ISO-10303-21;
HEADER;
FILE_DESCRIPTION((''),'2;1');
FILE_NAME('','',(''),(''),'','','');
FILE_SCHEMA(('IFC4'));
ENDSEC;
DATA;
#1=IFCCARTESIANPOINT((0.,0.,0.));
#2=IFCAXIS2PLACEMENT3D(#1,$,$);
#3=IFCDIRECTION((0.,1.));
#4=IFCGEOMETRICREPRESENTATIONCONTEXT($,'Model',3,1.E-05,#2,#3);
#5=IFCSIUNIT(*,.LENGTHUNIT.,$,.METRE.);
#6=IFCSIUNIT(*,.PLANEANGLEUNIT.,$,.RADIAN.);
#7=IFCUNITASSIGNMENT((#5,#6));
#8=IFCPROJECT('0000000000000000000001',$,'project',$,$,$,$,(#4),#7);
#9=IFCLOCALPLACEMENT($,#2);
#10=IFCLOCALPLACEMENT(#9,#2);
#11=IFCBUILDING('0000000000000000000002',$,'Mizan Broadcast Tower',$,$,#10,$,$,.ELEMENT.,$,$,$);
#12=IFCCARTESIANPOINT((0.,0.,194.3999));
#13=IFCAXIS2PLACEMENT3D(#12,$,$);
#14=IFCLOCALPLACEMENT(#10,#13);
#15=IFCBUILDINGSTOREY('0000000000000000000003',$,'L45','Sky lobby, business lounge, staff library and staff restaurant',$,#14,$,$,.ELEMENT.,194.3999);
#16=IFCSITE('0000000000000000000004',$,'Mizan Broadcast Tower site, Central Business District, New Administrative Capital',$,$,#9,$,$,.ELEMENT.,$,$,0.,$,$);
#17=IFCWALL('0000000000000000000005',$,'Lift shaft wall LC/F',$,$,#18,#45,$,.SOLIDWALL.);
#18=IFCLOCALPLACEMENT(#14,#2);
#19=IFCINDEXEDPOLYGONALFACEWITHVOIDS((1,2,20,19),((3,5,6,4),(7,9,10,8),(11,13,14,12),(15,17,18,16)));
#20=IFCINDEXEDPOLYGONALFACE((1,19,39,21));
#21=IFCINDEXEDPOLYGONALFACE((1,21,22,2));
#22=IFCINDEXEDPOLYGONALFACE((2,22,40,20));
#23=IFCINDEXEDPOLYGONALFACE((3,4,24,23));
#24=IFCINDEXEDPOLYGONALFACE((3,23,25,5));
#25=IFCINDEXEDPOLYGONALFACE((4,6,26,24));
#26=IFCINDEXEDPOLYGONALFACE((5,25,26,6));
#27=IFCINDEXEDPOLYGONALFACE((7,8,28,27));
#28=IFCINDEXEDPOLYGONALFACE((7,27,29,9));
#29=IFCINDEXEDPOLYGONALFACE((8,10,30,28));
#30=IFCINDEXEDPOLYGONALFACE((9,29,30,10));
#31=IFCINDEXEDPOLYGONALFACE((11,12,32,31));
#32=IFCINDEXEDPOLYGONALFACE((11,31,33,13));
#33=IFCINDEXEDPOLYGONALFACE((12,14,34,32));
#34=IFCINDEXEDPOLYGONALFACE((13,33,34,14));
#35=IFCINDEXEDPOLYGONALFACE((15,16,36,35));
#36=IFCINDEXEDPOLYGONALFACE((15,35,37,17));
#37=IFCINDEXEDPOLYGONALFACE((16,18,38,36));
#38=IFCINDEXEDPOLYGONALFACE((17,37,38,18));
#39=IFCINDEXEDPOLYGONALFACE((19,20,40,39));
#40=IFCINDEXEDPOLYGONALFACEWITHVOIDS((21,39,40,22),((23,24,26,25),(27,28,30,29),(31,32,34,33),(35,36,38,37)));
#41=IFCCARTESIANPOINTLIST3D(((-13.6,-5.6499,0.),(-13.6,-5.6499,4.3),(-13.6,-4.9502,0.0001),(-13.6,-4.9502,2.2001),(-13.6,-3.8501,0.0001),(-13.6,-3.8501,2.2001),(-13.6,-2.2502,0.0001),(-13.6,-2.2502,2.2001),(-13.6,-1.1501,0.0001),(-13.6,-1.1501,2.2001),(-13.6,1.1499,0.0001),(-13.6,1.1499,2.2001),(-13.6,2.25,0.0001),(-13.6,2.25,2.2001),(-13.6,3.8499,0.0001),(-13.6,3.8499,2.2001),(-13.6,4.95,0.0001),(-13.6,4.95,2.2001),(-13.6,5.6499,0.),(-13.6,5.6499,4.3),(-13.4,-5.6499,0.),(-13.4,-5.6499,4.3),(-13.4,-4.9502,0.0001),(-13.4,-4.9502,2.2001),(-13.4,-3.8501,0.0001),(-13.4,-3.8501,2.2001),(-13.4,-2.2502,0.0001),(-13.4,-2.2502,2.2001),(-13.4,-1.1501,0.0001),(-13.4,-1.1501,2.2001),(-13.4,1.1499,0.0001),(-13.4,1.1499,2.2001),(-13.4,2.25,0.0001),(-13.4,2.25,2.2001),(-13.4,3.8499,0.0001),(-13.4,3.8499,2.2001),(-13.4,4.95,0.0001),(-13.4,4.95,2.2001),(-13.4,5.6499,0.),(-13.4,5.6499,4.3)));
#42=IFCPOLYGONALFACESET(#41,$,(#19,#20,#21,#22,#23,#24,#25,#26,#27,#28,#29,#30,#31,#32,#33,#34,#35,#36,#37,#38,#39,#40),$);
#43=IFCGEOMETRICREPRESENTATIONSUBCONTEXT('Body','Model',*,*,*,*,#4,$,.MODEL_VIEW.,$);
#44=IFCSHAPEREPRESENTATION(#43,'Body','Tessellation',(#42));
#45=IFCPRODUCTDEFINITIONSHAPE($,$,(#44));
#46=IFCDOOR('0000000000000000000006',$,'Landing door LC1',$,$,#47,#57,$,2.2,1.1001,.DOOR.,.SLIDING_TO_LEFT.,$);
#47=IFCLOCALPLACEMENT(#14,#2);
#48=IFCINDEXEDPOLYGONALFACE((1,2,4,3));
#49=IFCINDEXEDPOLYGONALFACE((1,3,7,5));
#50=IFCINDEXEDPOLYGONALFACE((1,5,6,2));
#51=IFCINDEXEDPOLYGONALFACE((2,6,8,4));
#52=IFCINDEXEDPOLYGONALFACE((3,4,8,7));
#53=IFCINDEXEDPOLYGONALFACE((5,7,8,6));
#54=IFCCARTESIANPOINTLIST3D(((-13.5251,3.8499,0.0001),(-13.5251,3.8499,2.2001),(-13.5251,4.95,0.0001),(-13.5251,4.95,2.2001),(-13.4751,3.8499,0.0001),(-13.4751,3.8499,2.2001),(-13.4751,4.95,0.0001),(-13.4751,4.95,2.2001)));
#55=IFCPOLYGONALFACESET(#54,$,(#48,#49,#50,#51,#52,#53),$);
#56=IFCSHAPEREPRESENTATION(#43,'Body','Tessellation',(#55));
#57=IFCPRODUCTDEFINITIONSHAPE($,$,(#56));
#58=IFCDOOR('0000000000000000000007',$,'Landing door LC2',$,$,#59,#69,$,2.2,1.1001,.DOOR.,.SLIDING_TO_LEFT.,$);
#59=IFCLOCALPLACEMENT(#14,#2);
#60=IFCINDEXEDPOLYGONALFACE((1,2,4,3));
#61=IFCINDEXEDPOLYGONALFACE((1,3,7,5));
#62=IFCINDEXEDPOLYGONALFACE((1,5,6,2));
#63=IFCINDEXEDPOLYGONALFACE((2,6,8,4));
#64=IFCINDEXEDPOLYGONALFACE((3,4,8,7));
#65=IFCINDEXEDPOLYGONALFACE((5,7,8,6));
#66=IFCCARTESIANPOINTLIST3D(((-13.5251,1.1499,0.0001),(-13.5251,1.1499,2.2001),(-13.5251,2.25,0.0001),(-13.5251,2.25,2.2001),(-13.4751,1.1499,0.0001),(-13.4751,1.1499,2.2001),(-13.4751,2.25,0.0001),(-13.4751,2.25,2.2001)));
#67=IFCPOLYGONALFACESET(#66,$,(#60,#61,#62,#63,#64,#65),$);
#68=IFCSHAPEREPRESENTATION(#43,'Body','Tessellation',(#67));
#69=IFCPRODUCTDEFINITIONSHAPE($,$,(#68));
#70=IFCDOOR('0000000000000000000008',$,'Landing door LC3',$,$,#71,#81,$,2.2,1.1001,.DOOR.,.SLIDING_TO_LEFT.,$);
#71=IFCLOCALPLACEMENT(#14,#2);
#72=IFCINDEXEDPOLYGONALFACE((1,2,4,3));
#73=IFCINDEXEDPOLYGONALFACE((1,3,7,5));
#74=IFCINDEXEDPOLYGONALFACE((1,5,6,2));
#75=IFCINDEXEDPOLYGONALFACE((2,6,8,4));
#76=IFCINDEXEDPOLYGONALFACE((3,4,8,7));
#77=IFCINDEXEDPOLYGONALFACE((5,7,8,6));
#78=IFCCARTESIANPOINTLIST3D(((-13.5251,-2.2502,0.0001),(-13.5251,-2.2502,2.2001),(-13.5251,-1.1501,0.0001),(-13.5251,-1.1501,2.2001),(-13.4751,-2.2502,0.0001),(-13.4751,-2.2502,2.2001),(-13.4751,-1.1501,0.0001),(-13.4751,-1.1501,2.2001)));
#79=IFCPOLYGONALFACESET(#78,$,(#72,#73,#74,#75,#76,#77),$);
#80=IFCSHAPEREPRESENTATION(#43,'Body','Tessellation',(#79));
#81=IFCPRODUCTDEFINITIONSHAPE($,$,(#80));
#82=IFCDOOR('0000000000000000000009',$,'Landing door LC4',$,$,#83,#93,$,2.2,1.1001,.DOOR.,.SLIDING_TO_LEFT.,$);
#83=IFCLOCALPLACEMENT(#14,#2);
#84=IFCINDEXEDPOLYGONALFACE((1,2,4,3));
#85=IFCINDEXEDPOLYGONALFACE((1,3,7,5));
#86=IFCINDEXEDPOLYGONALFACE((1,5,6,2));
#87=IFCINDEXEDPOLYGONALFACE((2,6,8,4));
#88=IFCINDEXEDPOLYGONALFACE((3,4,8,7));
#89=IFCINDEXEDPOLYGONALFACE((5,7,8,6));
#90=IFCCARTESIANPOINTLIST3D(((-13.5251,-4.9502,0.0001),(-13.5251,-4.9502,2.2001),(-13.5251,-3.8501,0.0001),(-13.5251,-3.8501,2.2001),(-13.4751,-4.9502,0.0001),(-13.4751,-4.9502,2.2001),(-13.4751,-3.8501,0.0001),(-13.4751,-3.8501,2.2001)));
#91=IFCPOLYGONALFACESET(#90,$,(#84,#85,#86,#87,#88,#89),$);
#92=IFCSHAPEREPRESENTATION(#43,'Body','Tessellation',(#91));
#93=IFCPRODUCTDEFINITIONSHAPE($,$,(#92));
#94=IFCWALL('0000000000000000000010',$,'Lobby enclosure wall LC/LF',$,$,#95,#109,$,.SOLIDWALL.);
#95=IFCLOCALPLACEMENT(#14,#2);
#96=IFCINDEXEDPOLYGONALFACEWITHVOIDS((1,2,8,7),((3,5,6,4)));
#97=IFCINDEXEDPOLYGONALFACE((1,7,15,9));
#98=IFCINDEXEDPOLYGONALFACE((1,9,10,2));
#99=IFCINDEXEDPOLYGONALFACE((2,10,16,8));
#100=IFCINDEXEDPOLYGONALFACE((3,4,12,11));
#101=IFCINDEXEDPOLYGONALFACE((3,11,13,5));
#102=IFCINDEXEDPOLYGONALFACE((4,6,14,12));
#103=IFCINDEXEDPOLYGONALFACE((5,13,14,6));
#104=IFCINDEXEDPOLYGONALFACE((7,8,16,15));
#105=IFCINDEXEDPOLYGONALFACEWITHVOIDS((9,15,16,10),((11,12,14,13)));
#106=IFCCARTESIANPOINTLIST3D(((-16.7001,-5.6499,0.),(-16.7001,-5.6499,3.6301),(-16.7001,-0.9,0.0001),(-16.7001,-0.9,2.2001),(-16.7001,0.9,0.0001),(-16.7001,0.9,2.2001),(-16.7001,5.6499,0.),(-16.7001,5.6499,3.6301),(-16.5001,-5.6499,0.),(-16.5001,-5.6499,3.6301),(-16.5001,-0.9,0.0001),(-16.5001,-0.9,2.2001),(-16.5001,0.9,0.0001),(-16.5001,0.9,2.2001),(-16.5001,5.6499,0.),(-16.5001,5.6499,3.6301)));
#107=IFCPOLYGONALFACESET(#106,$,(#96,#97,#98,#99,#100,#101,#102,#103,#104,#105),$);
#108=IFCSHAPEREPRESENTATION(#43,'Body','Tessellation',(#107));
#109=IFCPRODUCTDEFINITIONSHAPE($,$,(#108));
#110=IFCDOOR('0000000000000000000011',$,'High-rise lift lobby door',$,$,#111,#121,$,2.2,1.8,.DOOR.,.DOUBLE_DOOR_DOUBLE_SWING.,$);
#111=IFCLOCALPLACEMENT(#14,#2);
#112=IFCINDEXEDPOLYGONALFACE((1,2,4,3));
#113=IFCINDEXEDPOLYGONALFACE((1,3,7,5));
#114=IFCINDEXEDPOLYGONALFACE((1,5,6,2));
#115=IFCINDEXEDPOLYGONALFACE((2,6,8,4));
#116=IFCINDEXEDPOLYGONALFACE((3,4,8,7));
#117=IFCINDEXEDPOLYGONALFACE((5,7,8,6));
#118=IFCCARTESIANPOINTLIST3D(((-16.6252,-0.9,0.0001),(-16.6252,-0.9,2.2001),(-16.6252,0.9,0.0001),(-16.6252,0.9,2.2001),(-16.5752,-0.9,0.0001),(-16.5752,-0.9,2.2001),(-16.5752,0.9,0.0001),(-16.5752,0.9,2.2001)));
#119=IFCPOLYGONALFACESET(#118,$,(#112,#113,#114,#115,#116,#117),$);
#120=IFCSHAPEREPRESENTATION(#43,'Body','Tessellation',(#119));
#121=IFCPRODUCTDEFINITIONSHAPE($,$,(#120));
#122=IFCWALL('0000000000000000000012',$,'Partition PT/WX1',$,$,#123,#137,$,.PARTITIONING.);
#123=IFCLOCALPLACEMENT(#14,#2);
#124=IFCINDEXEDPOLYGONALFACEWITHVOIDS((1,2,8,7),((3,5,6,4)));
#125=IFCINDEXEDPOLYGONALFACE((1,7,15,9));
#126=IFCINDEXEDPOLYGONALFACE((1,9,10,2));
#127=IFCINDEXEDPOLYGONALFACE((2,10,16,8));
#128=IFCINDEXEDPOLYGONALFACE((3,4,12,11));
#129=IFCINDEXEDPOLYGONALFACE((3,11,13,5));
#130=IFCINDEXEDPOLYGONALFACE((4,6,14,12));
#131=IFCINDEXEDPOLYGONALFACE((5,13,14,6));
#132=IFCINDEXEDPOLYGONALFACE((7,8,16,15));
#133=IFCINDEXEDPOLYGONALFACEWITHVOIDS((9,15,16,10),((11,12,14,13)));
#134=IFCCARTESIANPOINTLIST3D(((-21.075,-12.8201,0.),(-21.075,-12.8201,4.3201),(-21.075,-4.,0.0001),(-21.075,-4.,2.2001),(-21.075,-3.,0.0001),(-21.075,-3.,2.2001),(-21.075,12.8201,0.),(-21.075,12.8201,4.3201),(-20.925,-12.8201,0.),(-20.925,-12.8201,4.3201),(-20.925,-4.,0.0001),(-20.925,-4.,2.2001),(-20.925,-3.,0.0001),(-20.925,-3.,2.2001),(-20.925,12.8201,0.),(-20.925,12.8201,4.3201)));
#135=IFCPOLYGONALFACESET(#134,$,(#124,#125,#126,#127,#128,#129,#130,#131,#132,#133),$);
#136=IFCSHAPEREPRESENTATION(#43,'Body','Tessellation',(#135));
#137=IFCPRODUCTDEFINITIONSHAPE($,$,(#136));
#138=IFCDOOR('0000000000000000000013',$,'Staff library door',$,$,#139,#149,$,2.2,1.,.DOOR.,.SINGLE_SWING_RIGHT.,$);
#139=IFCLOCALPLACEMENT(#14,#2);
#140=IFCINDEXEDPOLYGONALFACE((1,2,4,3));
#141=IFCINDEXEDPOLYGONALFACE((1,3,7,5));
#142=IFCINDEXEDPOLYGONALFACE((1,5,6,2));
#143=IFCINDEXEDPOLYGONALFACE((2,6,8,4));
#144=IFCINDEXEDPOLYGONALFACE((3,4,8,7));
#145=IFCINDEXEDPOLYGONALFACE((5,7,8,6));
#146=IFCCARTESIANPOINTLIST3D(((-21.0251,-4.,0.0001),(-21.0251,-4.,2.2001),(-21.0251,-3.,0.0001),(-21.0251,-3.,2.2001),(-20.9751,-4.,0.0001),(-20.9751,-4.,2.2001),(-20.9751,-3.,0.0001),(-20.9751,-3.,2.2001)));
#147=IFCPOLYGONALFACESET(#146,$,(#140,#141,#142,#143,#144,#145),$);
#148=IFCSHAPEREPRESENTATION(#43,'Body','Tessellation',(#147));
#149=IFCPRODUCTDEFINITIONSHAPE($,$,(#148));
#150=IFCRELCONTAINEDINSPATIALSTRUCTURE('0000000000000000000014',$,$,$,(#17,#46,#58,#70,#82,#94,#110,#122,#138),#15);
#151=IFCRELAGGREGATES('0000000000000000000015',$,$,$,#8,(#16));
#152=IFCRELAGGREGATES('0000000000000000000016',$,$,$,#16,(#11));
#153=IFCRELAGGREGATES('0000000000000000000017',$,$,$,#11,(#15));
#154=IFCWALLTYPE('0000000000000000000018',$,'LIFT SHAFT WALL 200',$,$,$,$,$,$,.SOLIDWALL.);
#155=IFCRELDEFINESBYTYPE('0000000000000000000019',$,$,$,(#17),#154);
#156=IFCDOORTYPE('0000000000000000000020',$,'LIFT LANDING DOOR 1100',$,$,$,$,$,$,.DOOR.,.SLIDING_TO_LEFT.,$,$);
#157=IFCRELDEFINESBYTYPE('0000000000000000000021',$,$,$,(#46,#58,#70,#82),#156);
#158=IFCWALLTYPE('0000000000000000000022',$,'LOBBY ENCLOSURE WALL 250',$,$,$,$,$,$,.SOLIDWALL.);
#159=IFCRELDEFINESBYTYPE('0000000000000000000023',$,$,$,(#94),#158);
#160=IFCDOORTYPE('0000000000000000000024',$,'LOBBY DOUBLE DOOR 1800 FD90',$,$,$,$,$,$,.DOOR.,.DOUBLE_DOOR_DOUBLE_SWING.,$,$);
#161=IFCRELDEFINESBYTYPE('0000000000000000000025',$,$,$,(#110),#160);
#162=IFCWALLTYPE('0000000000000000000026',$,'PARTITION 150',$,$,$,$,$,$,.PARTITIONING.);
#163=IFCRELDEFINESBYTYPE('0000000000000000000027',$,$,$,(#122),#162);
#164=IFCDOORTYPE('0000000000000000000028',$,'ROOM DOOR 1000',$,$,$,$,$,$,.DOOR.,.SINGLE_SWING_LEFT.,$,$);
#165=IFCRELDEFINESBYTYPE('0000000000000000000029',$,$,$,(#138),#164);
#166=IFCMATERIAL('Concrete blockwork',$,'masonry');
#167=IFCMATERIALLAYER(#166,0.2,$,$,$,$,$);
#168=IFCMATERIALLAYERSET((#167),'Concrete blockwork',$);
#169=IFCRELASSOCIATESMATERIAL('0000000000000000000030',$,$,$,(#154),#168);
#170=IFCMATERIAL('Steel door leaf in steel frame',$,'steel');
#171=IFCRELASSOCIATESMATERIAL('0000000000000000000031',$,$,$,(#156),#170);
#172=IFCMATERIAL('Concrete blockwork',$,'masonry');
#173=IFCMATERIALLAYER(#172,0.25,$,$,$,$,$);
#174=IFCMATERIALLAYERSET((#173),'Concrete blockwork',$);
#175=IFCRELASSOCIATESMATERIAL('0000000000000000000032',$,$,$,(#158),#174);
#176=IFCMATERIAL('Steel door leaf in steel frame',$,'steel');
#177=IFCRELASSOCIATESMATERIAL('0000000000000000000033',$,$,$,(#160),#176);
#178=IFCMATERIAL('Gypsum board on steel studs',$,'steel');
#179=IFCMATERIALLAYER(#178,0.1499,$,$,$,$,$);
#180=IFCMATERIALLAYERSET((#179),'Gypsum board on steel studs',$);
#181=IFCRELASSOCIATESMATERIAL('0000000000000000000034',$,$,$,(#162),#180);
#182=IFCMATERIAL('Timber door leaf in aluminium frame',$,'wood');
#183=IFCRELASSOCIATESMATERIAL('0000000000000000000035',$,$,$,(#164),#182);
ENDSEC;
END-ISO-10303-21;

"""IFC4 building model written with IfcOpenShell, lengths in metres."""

from ifc_helpers import new_model, si_unit, direction, frame, frame_2d, origin, place, context, subcontext, project, spatial, rectangle, extrude, material, layer, layer_set, type_object, element, fill, save


model = new_model("IFC4")

# Units and contexts
model_context = context("Model", 3, precision=1e-05, world=origin(), true_north=direction((0.0, 1.0)))
body_context = subcontext(model_context, "Body", "Model", "MODEL_VIEW")
ifc_project = project(units=[si_unit("LENGTHUNIT", "METRE"), si_unit("PLANEANGLEUNIT", "RADIAN")], contexts=[model_context])

# Site, building, storey
site_placement = place(None, origin())
site = spatial("IfcSite", under=ifc_project, at=site_placement, Name="Mizan Broadcast Tower site, Central Business District, New Administrative Capital", CompositionType="ELEMENT", RefElevation=0.0)
building_placement = place(site_placement, origin())
building = spatial("IfcBuilding", under=site, at=building_placement, Name="Mizan Broadcast Tower", CompositionType="ELEMENT")
storey_placement = place(building_placement, frame((0.0, 0.0, 194.3999)))
storey = spatial("IfcBuildingStorey", under=building, at=storey_placement, Name="L45", Description="Sky lobby, business lounge, staff library and staff restaurant", CompositionType="ELEMENT", Elevation=194.3999)

# Wall, openings, doors
ifc_material_1 = material(Name="Concrete blockwork", Category="masonry")
ifc_layer_1 = layer(ifc_material_1, 0.2)
ifc_layer_set_1 = layer_set([ifc_layer_1], Name="Concrete blockwork")
wall_type_1 = type_object("IfcWallType", Name="LIFT SHAFT WALL 200", PredefinedType="SOLIDWALL", material=ifc_layer_set_1)
wall_1_placement = place(storey_placement, frame((-13.5, 5.6499, 0.0), z_axis=(0.0, 0.0, 1.0), x_axis=(0.0, -1.0, 0.0)))
wall_1 = element("IfcWall", 1, at=wall_1_placement, inside=storey, type_object=wall_type_1, Name="Lift shaft wall LC/F", PredefinedType="SOLIDWALL", context=body_context, shape_type="SweptSolid", body=[
    extrude(rectangle(XDim=11.2998, YDim=0.2, at=frame_2d((5.6499, 0.0))), origin(), (0.0, 0.0, 1.0), 4.3),
])
opening_1_placement = place(wall_1_placement, frame((0.7, 0.0, 0.0)))
opening_1 = element("IfcOpeningElement", 2, at=opening_1_placement, cuts=wall_1, PredefinedType="OPENING", context=body_context, shape_type="SweptSolid", body=[
    extrude(rectangle(XDim=1.1001, YDim=2.2, at=frame_2d((0.55, 1.1001))), frame((0.0, 0.1099, 0.0), z_axis=(0.0, -1.0, 0.0), x_axis=(1.0, 0.0, 0.0)), (0.0, 0.0, 1.0), 0.22),
])
opening_2_placement = place(wall_1_placement, frame((3.3999, 0.0, 0.0)))
opening_2 = element("IfcOpeningElement", 3, at=opening_2_placement, cuts=wall_1, PredefinedType="OPENING", context=body_context, shape_type="SweptSolid", body=[
    extrude(rectangle(XDim=1.1001, YDim=2.2, at=frame_2d((0.55, 1.1001))), frame((0.0, 0.1099, 0.0), z_axis=(0.0, -1.0, 0.0), x_axis=(1.0, 0.0, 0.0)), (0.0, 0.0, 1.0), 0.22),
])
opening_3_placement = place(wall_1_placement, frame((6.8, 0.0, 0.0)))
opening_3 = element("IfcOpeningElement", 4, at=opening_3_placement, cuts=wall_1, PredefinedType="OPENING", context=body_context, shape_type="SweptSolid", body=[
    extrude(rectangle(XDim=1.1001, YDim=2.2, at=frame_2d((0.55, 1.1001))), frame((0.0, 0.1099, 0.0), z_axis=(0.0, -1.0, 0.0), x_axis=(1.0, 0.0, 0.0)), (0.0, 0.0, 1.0), 0.22),
])
opening_4_placement = place(wall_1_placement, frame((9.5, 0.0, 0.0)))
opening_4 = element("IfcOpeningElement", 5, at=opening_4_placement, cuts=wall_1, PredefinedType="OPENING", context=body_context, shape_type="SweptSolid", body=[
    extrude(rectangle(XDim=1.1001, YDim=2.2, at=frame_2d((0.55, 1.1001))), frame((0.0, 0.1099, 0.0), z_axis=(0.0, -1.0, 0.0), x_axis=(1.0, 0.0, 0.0)), (0.0, 0.0, 1.0), 0.22),
])
ifc_material_2 = material(Name="Steel door leaf in steel frame", Category="steel")
door_type_1 = type_object("IfcDoorType", Name="LIFT LANDING DOOR 1100", OperationType="SLIDING_TO_LEFT", PredefinedType="DOOR", material=ifc_material_2)
door_1_placement = place(opening_1_placement, origin())
door_1 = element("IfcDoor", 6, at=door_1_placement, inside=storey, type_object=door_type_1, Name="Landing door LC1", OperationType="SLIDING_TO_LEFT", OverallHeight=2.2, OverallWidth=1.1001, PredefinedType="DOOR", context=body_context, shape_type="SweptSolid", body=[
    extrude(rectangle(XDim=1.1001, YDim=2.2, at=frame_2d((0.55, 1.1001))), frame((0.0, 0.0249, 0.0), z_axis=(0.0, -1.0, 0.0), x_axis=(1.0, 0.0, 0.0)), (0.0, 0.0, 1.0), 0.05),
])
fill(opening_1, door_1)
door_2_placement = place(opening_2_placement, origin())
door_2 = element("IfcDoor", 7, at=door_2_placement, inside=storey, type_object=door_type_1, Name="Landing door LC2", OperationType="SLIDING_TO_LEFT", OverallHeight=2.2, OverallWidth=1.1001, PredefinedType="DOOR", context=body_context, shape_type="SweptSolid", body=[
    extrude(rectangle(XDim=1.1001, YDim=2.2, at=frame_2d((0.55, 1.1001))), frame((0.0, 0.0249, 0.0), z_axis=(0.0, -1.0, 0.0), x_axis=(1.0, 0.0, 0.0)), (0.0, 0.0, 1.0), 0.05),
])
fill(opening_2, door_2)
door_3_placement = place(opening_3_placement, origin())
door_3 = element("IfcDoor", 8, at=door_3_placement, inside=storey, type_object=door_type_1, Name="Landing door LC3", OperationType="SLIDING_TO_LEFT", OverallHeight=2.2, OverallWidth=1.1001, PredefinedType="DOOR", context=body_context, shape_type="SweptSolid", body=[
    extrude(rectangle(XDim=1.1001, YDim=2.2, at=frame_2d((0.55, 1.1001))), frame((0.0, 0.0249, 0.0), z_axis=(0.0, -1.0, 0.0), x_axis=(1.0, 0.0, 0.0)), (0.0, 0.0, 1.0), 0.05),
])
fill(opening_3, door_3)
door_4_placement = place(opening_4_placement, origin())
door_4 = element("IfcDoor", 9, at=door_4_placement, inside=storey, type_object=door_type_1, Name="Landing door LC4", OperationType="SLIDING_TO_LEFT", OverallHeight=2.2, OverallWidth=1.1001, PredefinedType="DOOR", context=body_context, shape_type="SweptSolid", body=[
    extrude(rectangle(XDim=1.1001, YDim=2.2, at=frame_2d((0.55, 1.1001))), frame((0.0, 0.0249, 0.0), z_axis=(0.0, -1.0, 0.0), x_axis=(1.0, 0.0, 0.0)), (0.0, 0.0, 1.0), 0.05),
])
fill(opening_4, door_4)

# Walls, openings, doors
ifc_material_3 = material(Name="Concrete blockwork", Category="masonry")
ifc_layer_2 = layer(ifc_material_3, 0.25)
ifc_layer_set_2 = layer_set([ifc_layer_2], Name="Concrete blockwork")
wall_type_2 = type_object("IfcWallType", Name="LOBBY ENCLOSURE WALL 250", PredefinedType="SOLIDWALL", material=ifc_layer_set_2)
wall_2_placement = place(storey_placement, frame((-16.6001, 5.6499, 0.0), z_axis=(0.0, 0.0, 1.0), x_axis=(0.0, -1.0, 0.0)))
wall_2 = element("IfcWall", 10, at=wall_2_placement, inside=storey, type_object=wall_type_2, Name="Lobby enclosure wall LC/LF", PredefinedType="SOLIDWALL", context=body_context, shape_type="SweptSolid", body=[
    extrude(rectangle(XDim=11.2998, YDim=0.2, at=frame_2d((5.6499, 0.0))), origin(), (0.0, 0.0, 1.0), 3.6301),
])
opening_5_placement = place(wall_2_placement, frame((4.75, 0.0, 0.0)))
opening_5 = element("IfcOpeningElement", 11, at=opening_5_placement, cuts=wall_2, PredefinedType="OPENING", context=body_context, shape_type="SweptSolid", body=[
    extrude(rectangle(XDim=1.8, YDim=2.2, at=frame_2d((0.8999, 1.1001))), frame((0.0, 0.1099, 0.0), z_axis=(0.0, -1.0, 0.0), x_axis=(1.0, 0.0, 0.0)), (0.0, 0.0, 1.0), 0.22),
])
ifc_material_4 = material(Name="Steel door leaf in steel frame", Category="steel")
door_type_2 = type_object("IfcDoorType", Name="LOBBY DOUBLE DOOR 1800 FD90", OperationType="DOUBLE_DOOR_DOUBLE_SWING", PredefinedType="DOOR", material=ifc_material_4)
door_5_placement = place(opening_5_placement, origin())
door_5 = element("IfcDoor", 12, at=door_5_placement, inside=storey, type_object=door_type_2, Name="High-rise lift lobby door", OperationType="DOUBLE_DOOR_DOUBLE_SWING", OverallHeight=2.2, OverallWidth=1.8, PredefinedType="DOOR", context=body_context, shape_type="SweptSolid", body=[
    extrude(rectangle(XDim=1.8, YDim=2.2, at=frame_2d((0.8999, 1.1001))), frame((0.0, 0.0249, 0.0), z_axis=(0.0, -1.0, 0.0), x_axis=(1.0, 0.0, 0.0)), (0.0, 0.0, 1.0), 0.05),
])
fill(opening_5, door_5)
ifc_material_5 = material(Name="Gypsum board on steel studs", Category="steel")
ifc_layer_3 = layer(ifc_material_5, 0.1499)
ifc_layer_set_3 = layer_set([ifc_layer_3], Name="Gypsum board on steel studs")
wall_type_3 = type_object("IfcWallType", Name="PARTITION 150", PredefinedType="PARTITIONING", material=ifc_layer_set_3)
wall_3_placement = place(storey_placement, frame((-21.0, 12.8201, 0.0), z_axis=(0.0, 0.0, 1.0), x_axis=(0.0, -1.0, 0.0)))
wall_3 = element("IfcWall", 13, at=wall_3_placement, inside=storey, type_object=wall_type_3, Name="Partition PT/WX1", PredefinedType="PARTITIONING", context=body_context, shape_type="SweptSolid", body=[
    extrude(rectangle(XDim=25.6401, YDim=0.1499, at=frame_2d((12.8201, 0.0))), origin(), (0.0, 0.0, 1.0), 4.3201),
])
opening_6_placement = place(wall_3_placement, frame((15.8201, 0.0, 0.0)))
opening_6 = element("IfcOpeningElement", 14, at=opening_6_placement, cuts=wall_3, PredefinedType="OPENING", context=body_context, shape_type="SweptSolid", body=[
    extrude(rectangle(XDim=1.0, YDim=2.2, at=frame_2d((0.5, 1.1001))), frame((0.0, 0.085, 0.0), z_axis=(0.0, -1.0, 0.0), x_axis=(1.0, 0.0, 0.0)), (0.0, 0.0, 1.0), 0.1699),
])
ifc_material_6 = material(Name="Timber door leaf in aluminium frame", Category="wood")
door_type_3 = type_object("IfcDoorType", Name="ROOM DOOR 1000", OperationType="SINGLE_SWING_LEFT", PredefinedType="DOOR", material=ifc_material_6)
door_6_placement = place(opening_6_placement, origin())
door_6 = element("IfcDoor", 15, at=door_6_placement, inside=storey, type_object=door_type_3, Name="Staff library door", OperationType="SINGLE_SWING_RIGHT", OverallHeight=2.2, OverallWidth=1.0, PredefinedType="DOOR", context=body_context, shape_type="SweptSolid", body=[
    extrude(rectangle(XDim=1.0, YDim=2.2, at=frame_2d((0.5, 1.1001))), frame((0.0, 0.0249, 0.0), z_axis=(0.0, -1.0, 0.0), x_axis=(1.0, 0.0, 0.0)), (0.0, 0.0, 1.0), 0.05),
])
fill(opening_6, door_6)

save(model, "model.ifc")
